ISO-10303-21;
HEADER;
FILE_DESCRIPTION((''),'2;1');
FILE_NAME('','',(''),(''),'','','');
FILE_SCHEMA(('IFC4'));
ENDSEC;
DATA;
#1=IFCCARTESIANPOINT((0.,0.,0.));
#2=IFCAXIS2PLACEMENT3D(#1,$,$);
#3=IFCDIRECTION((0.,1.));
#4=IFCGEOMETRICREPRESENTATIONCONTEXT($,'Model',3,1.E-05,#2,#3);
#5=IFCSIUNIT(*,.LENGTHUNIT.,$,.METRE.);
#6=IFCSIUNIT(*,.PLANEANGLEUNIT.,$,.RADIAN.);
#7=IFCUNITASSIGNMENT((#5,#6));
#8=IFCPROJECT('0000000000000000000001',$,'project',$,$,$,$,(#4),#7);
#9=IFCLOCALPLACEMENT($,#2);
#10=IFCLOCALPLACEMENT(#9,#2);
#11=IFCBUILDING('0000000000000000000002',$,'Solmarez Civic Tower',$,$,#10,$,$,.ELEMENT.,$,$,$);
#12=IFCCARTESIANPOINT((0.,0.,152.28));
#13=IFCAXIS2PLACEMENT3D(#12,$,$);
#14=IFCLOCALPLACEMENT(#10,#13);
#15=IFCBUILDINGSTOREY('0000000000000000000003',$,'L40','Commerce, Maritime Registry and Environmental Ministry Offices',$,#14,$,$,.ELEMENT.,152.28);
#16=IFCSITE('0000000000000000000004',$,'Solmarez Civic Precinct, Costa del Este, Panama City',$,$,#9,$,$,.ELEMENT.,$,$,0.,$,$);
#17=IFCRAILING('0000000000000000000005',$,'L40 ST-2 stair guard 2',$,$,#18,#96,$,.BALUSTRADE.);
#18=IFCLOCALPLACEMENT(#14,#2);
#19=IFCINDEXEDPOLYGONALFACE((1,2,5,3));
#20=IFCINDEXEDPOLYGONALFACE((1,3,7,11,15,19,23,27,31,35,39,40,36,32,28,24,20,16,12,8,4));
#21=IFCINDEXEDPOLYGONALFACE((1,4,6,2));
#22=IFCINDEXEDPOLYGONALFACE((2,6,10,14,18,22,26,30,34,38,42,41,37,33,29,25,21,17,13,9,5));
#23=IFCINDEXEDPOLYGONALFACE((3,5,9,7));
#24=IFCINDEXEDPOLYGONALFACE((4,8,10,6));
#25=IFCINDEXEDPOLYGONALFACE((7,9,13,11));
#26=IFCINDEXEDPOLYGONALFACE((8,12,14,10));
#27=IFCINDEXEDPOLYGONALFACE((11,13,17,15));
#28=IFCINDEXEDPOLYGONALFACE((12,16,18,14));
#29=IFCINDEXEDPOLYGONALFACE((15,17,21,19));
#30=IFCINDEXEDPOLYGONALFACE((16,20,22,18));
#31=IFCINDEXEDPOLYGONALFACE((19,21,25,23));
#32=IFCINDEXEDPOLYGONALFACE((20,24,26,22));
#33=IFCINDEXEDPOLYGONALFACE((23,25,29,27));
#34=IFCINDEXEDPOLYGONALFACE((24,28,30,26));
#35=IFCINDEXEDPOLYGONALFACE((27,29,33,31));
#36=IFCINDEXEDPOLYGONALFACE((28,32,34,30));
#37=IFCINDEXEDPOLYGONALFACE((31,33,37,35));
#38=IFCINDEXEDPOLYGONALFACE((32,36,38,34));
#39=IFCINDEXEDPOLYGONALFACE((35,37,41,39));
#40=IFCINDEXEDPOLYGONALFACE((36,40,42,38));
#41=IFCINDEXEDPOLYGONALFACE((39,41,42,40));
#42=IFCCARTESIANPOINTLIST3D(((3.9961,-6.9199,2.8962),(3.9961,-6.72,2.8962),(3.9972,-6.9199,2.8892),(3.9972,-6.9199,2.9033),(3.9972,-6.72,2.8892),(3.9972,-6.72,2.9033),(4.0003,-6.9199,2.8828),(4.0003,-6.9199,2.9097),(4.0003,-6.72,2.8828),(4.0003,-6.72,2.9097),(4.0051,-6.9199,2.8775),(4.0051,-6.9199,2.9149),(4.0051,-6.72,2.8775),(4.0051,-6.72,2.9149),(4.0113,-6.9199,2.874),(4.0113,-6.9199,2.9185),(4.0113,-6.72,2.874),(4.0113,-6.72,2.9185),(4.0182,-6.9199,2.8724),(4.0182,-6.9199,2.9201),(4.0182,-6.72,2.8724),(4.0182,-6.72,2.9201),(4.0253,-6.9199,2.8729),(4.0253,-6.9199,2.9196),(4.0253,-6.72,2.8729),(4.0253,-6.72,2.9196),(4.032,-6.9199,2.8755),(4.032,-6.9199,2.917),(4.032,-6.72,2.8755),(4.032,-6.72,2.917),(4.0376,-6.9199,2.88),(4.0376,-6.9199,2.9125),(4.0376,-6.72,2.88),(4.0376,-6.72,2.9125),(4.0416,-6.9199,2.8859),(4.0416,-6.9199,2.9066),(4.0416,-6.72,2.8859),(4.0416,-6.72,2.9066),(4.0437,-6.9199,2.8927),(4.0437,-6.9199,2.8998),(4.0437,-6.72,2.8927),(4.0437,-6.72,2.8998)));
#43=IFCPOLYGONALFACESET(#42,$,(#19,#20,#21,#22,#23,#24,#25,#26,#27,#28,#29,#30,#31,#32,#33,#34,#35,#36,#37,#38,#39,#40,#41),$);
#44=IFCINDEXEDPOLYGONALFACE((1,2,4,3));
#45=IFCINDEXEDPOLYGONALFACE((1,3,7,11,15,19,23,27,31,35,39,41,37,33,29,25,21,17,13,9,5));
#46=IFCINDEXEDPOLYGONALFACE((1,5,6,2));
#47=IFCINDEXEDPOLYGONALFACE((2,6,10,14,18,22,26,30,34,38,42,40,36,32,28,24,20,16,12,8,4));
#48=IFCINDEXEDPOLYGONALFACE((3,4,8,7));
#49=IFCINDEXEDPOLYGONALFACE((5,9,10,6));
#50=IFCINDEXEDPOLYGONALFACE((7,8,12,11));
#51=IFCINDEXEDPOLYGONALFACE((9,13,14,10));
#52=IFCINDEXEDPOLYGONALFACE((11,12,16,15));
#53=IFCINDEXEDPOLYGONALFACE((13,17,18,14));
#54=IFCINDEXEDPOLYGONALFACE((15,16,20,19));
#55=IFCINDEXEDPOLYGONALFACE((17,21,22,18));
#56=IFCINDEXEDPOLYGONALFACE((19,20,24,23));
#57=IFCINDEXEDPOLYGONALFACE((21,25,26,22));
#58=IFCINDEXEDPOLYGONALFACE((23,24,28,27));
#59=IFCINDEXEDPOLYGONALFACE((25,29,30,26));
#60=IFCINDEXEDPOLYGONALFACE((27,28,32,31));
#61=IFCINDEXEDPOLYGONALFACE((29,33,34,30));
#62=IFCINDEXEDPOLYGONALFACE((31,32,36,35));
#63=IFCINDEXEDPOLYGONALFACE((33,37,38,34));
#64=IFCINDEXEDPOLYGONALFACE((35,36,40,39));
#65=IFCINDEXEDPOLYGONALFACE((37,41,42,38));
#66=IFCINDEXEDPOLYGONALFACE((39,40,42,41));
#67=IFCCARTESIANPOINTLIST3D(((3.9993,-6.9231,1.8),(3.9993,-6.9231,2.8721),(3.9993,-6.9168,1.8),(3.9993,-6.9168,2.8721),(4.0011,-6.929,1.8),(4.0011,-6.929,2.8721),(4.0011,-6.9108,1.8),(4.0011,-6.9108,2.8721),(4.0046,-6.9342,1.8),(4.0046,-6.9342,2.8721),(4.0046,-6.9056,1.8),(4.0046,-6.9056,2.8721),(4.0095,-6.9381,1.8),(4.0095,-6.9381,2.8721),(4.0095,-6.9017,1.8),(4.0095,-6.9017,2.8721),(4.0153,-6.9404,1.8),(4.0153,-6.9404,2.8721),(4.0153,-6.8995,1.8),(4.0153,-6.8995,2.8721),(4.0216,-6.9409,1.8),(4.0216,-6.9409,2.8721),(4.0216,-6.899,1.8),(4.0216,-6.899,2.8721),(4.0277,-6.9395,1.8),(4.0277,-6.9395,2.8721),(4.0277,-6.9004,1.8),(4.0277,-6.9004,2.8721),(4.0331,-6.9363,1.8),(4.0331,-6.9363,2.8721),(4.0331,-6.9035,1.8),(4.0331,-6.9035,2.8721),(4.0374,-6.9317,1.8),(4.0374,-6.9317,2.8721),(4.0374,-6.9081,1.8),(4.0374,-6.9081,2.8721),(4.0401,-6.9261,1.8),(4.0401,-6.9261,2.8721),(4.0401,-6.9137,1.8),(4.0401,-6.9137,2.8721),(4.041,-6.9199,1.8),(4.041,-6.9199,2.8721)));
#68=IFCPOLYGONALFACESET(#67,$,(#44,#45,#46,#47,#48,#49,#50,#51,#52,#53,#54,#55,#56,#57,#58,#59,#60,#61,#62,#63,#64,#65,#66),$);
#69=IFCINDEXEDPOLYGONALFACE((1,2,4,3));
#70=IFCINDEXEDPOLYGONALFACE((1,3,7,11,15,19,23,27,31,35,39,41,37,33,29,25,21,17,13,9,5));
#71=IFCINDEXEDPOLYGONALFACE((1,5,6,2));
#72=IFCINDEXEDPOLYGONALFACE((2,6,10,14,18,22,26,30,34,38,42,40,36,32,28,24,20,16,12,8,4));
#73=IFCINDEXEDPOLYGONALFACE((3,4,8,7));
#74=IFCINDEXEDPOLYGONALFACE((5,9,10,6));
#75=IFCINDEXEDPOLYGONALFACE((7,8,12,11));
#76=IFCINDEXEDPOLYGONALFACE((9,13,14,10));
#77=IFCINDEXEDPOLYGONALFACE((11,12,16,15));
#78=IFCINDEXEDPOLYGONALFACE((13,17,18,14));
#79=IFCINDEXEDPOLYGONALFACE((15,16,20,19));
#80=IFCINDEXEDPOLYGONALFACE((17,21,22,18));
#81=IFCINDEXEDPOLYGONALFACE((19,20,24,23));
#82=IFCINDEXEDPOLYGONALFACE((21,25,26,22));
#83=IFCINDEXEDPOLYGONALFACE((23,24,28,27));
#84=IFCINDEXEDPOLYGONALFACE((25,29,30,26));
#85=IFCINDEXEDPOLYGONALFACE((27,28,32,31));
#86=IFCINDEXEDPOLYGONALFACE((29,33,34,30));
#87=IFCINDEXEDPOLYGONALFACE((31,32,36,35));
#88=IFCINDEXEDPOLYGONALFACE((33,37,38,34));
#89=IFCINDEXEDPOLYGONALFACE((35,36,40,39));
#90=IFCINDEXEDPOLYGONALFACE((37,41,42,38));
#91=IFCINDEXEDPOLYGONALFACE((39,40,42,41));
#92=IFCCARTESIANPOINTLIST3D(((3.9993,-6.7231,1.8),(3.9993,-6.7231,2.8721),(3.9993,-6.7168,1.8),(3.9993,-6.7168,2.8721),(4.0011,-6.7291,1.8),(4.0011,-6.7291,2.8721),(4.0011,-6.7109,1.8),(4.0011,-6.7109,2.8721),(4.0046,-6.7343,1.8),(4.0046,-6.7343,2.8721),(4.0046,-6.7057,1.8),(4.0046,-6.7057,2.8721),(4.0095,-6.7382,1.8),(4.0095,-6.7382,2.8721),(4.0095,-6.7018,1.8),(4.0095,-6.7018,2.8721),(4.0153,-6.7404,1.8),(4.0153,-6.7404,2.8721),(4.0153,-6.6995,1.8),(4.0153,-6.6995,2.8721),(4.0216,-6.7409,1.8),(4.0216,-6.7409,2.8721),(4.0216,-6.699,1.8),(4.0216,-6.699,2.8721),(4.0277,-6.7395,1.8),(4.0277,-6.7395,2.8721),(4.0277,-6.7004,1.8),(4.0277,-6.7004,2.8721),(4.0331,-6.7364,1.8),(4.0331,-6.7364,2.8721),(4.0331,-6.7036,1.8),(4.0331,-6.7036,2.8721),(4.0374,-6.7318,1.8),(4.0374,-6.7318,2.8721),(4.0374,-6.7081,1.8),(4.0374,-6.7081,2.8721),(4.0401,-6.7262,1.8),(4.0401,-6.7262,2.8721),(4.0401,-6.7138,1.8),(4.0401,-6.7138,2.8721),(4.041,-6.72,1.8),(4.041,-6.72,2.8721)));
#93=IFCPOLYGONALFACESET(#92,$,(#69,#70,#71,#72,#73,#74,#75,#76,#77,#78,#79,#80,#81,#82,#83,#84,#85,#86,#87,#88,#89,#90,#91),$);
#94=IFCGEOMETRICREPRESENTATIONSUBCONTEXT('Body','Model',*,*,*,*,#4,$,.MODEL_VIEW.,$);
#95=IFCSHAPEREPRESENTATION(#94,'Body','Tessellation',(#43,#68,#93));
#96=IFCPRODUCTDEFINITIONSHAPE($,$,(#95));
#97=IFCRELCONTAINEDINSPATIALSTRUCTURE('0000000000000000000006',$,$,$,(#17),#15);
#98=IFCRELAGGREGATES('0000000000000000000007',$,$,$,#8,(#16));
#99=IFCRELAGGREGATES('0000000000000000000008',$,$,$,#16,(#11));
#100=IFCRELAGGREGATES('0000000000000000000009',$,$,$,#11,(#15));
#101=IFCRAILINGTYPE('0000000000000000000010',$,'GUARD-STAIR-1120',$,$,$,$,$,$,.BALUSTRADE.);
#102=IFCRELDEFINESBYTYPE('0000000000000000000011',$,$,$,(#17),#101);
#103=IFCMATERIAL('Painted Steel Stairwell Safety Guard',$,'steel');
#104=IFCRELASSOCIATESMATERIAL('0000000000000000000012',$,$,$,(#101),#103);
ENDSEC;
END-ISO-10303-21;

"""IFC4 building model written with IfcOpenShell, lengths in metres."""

from ifc_helpers import new_model, si_unit, direction, frame, origin, origin_2d, place, context, subcontext, project, spatial, circle, extrude, material, type_object, element, save


model = new_model("IFC4")

# Units and contexts
model_context = context("Model", 3, precision=1e-05, world=origin(), true_north=direction((0.0, 1.0)))
body_context = subcontext(model_context, "Body", "Model", "MODEL_VIEW")
ifc_project = project(units=[si_unit("LENGTHUNIT", "METRE"), si_unit("PLANEANGLEUNIT", "RADIAN")], contexts=[model_context])

# Site, building, storey
site_placement = place(None, origin())
site = spatial("IfcSite", under=ifc_project, at=site_placement, Name="Solmarez Civic Precinct, Costa del Este, Panama City", CompositionType="ELEMENT", RefElevation=0.0)
building_placement = place(site_placement, origin())
building = spatial("IfcBuilding", under=site, at=building_placement, Name="Solmarez Civic Tower", CompositionType="ELEMENT")
storey_placement = place(building_placement, frame((0.0, 0.0, 152.28)))
storey = spatial("IfcBuildingStorey", under=building, at=storey_placement, Name="L40", Description="Commerce, Maritime Registry and Environmental Ministry Offices", CompositionType="ELEMENT", Elevation=152.28)

# Railing
ifc_material_1 = material(Name="Painted Steel Stairwell Safety Guard", Category="steel")
railing_type_1 = type_object("IfcRailingType", Name="GUARD-STAIR-1120", PredefinedType="BALUSTRADE", material=ifc_material_1)
railing_1_placement = place(storey_placement, frame((4.02, -6.9199, 1.8)))
element("IfcRailing", 1, at=railing_1_placement, inside=storey, type_object=railing_type_1, Name="L40 ST-2 stair guard 2", PredefinedType="BALUSTRADE", context=body_context, shape_type="SweptSolid", body=[
    extrude(circle(Radius=0.0239, at=origin_2d()), frame((0.0, 0.0, 1.0962), z_axis=(0.0, 1.0, 0.0), x_axis=(-1.0, 0.0, 0.0)), (0.0, 0.0, 1.0), 0.2),
    extrude(circle(Radius=0.021, at=origin_2d()), origin(), (0.0, 0.0, 1.0), 1.072),
    extrude(circle(Radius=0.021, at=origin_2d()), frame((0.0, 0.2, 0.0)), (0.0, 0.0, 1.0), 1.072),
])

save(model, "model.ifc")
